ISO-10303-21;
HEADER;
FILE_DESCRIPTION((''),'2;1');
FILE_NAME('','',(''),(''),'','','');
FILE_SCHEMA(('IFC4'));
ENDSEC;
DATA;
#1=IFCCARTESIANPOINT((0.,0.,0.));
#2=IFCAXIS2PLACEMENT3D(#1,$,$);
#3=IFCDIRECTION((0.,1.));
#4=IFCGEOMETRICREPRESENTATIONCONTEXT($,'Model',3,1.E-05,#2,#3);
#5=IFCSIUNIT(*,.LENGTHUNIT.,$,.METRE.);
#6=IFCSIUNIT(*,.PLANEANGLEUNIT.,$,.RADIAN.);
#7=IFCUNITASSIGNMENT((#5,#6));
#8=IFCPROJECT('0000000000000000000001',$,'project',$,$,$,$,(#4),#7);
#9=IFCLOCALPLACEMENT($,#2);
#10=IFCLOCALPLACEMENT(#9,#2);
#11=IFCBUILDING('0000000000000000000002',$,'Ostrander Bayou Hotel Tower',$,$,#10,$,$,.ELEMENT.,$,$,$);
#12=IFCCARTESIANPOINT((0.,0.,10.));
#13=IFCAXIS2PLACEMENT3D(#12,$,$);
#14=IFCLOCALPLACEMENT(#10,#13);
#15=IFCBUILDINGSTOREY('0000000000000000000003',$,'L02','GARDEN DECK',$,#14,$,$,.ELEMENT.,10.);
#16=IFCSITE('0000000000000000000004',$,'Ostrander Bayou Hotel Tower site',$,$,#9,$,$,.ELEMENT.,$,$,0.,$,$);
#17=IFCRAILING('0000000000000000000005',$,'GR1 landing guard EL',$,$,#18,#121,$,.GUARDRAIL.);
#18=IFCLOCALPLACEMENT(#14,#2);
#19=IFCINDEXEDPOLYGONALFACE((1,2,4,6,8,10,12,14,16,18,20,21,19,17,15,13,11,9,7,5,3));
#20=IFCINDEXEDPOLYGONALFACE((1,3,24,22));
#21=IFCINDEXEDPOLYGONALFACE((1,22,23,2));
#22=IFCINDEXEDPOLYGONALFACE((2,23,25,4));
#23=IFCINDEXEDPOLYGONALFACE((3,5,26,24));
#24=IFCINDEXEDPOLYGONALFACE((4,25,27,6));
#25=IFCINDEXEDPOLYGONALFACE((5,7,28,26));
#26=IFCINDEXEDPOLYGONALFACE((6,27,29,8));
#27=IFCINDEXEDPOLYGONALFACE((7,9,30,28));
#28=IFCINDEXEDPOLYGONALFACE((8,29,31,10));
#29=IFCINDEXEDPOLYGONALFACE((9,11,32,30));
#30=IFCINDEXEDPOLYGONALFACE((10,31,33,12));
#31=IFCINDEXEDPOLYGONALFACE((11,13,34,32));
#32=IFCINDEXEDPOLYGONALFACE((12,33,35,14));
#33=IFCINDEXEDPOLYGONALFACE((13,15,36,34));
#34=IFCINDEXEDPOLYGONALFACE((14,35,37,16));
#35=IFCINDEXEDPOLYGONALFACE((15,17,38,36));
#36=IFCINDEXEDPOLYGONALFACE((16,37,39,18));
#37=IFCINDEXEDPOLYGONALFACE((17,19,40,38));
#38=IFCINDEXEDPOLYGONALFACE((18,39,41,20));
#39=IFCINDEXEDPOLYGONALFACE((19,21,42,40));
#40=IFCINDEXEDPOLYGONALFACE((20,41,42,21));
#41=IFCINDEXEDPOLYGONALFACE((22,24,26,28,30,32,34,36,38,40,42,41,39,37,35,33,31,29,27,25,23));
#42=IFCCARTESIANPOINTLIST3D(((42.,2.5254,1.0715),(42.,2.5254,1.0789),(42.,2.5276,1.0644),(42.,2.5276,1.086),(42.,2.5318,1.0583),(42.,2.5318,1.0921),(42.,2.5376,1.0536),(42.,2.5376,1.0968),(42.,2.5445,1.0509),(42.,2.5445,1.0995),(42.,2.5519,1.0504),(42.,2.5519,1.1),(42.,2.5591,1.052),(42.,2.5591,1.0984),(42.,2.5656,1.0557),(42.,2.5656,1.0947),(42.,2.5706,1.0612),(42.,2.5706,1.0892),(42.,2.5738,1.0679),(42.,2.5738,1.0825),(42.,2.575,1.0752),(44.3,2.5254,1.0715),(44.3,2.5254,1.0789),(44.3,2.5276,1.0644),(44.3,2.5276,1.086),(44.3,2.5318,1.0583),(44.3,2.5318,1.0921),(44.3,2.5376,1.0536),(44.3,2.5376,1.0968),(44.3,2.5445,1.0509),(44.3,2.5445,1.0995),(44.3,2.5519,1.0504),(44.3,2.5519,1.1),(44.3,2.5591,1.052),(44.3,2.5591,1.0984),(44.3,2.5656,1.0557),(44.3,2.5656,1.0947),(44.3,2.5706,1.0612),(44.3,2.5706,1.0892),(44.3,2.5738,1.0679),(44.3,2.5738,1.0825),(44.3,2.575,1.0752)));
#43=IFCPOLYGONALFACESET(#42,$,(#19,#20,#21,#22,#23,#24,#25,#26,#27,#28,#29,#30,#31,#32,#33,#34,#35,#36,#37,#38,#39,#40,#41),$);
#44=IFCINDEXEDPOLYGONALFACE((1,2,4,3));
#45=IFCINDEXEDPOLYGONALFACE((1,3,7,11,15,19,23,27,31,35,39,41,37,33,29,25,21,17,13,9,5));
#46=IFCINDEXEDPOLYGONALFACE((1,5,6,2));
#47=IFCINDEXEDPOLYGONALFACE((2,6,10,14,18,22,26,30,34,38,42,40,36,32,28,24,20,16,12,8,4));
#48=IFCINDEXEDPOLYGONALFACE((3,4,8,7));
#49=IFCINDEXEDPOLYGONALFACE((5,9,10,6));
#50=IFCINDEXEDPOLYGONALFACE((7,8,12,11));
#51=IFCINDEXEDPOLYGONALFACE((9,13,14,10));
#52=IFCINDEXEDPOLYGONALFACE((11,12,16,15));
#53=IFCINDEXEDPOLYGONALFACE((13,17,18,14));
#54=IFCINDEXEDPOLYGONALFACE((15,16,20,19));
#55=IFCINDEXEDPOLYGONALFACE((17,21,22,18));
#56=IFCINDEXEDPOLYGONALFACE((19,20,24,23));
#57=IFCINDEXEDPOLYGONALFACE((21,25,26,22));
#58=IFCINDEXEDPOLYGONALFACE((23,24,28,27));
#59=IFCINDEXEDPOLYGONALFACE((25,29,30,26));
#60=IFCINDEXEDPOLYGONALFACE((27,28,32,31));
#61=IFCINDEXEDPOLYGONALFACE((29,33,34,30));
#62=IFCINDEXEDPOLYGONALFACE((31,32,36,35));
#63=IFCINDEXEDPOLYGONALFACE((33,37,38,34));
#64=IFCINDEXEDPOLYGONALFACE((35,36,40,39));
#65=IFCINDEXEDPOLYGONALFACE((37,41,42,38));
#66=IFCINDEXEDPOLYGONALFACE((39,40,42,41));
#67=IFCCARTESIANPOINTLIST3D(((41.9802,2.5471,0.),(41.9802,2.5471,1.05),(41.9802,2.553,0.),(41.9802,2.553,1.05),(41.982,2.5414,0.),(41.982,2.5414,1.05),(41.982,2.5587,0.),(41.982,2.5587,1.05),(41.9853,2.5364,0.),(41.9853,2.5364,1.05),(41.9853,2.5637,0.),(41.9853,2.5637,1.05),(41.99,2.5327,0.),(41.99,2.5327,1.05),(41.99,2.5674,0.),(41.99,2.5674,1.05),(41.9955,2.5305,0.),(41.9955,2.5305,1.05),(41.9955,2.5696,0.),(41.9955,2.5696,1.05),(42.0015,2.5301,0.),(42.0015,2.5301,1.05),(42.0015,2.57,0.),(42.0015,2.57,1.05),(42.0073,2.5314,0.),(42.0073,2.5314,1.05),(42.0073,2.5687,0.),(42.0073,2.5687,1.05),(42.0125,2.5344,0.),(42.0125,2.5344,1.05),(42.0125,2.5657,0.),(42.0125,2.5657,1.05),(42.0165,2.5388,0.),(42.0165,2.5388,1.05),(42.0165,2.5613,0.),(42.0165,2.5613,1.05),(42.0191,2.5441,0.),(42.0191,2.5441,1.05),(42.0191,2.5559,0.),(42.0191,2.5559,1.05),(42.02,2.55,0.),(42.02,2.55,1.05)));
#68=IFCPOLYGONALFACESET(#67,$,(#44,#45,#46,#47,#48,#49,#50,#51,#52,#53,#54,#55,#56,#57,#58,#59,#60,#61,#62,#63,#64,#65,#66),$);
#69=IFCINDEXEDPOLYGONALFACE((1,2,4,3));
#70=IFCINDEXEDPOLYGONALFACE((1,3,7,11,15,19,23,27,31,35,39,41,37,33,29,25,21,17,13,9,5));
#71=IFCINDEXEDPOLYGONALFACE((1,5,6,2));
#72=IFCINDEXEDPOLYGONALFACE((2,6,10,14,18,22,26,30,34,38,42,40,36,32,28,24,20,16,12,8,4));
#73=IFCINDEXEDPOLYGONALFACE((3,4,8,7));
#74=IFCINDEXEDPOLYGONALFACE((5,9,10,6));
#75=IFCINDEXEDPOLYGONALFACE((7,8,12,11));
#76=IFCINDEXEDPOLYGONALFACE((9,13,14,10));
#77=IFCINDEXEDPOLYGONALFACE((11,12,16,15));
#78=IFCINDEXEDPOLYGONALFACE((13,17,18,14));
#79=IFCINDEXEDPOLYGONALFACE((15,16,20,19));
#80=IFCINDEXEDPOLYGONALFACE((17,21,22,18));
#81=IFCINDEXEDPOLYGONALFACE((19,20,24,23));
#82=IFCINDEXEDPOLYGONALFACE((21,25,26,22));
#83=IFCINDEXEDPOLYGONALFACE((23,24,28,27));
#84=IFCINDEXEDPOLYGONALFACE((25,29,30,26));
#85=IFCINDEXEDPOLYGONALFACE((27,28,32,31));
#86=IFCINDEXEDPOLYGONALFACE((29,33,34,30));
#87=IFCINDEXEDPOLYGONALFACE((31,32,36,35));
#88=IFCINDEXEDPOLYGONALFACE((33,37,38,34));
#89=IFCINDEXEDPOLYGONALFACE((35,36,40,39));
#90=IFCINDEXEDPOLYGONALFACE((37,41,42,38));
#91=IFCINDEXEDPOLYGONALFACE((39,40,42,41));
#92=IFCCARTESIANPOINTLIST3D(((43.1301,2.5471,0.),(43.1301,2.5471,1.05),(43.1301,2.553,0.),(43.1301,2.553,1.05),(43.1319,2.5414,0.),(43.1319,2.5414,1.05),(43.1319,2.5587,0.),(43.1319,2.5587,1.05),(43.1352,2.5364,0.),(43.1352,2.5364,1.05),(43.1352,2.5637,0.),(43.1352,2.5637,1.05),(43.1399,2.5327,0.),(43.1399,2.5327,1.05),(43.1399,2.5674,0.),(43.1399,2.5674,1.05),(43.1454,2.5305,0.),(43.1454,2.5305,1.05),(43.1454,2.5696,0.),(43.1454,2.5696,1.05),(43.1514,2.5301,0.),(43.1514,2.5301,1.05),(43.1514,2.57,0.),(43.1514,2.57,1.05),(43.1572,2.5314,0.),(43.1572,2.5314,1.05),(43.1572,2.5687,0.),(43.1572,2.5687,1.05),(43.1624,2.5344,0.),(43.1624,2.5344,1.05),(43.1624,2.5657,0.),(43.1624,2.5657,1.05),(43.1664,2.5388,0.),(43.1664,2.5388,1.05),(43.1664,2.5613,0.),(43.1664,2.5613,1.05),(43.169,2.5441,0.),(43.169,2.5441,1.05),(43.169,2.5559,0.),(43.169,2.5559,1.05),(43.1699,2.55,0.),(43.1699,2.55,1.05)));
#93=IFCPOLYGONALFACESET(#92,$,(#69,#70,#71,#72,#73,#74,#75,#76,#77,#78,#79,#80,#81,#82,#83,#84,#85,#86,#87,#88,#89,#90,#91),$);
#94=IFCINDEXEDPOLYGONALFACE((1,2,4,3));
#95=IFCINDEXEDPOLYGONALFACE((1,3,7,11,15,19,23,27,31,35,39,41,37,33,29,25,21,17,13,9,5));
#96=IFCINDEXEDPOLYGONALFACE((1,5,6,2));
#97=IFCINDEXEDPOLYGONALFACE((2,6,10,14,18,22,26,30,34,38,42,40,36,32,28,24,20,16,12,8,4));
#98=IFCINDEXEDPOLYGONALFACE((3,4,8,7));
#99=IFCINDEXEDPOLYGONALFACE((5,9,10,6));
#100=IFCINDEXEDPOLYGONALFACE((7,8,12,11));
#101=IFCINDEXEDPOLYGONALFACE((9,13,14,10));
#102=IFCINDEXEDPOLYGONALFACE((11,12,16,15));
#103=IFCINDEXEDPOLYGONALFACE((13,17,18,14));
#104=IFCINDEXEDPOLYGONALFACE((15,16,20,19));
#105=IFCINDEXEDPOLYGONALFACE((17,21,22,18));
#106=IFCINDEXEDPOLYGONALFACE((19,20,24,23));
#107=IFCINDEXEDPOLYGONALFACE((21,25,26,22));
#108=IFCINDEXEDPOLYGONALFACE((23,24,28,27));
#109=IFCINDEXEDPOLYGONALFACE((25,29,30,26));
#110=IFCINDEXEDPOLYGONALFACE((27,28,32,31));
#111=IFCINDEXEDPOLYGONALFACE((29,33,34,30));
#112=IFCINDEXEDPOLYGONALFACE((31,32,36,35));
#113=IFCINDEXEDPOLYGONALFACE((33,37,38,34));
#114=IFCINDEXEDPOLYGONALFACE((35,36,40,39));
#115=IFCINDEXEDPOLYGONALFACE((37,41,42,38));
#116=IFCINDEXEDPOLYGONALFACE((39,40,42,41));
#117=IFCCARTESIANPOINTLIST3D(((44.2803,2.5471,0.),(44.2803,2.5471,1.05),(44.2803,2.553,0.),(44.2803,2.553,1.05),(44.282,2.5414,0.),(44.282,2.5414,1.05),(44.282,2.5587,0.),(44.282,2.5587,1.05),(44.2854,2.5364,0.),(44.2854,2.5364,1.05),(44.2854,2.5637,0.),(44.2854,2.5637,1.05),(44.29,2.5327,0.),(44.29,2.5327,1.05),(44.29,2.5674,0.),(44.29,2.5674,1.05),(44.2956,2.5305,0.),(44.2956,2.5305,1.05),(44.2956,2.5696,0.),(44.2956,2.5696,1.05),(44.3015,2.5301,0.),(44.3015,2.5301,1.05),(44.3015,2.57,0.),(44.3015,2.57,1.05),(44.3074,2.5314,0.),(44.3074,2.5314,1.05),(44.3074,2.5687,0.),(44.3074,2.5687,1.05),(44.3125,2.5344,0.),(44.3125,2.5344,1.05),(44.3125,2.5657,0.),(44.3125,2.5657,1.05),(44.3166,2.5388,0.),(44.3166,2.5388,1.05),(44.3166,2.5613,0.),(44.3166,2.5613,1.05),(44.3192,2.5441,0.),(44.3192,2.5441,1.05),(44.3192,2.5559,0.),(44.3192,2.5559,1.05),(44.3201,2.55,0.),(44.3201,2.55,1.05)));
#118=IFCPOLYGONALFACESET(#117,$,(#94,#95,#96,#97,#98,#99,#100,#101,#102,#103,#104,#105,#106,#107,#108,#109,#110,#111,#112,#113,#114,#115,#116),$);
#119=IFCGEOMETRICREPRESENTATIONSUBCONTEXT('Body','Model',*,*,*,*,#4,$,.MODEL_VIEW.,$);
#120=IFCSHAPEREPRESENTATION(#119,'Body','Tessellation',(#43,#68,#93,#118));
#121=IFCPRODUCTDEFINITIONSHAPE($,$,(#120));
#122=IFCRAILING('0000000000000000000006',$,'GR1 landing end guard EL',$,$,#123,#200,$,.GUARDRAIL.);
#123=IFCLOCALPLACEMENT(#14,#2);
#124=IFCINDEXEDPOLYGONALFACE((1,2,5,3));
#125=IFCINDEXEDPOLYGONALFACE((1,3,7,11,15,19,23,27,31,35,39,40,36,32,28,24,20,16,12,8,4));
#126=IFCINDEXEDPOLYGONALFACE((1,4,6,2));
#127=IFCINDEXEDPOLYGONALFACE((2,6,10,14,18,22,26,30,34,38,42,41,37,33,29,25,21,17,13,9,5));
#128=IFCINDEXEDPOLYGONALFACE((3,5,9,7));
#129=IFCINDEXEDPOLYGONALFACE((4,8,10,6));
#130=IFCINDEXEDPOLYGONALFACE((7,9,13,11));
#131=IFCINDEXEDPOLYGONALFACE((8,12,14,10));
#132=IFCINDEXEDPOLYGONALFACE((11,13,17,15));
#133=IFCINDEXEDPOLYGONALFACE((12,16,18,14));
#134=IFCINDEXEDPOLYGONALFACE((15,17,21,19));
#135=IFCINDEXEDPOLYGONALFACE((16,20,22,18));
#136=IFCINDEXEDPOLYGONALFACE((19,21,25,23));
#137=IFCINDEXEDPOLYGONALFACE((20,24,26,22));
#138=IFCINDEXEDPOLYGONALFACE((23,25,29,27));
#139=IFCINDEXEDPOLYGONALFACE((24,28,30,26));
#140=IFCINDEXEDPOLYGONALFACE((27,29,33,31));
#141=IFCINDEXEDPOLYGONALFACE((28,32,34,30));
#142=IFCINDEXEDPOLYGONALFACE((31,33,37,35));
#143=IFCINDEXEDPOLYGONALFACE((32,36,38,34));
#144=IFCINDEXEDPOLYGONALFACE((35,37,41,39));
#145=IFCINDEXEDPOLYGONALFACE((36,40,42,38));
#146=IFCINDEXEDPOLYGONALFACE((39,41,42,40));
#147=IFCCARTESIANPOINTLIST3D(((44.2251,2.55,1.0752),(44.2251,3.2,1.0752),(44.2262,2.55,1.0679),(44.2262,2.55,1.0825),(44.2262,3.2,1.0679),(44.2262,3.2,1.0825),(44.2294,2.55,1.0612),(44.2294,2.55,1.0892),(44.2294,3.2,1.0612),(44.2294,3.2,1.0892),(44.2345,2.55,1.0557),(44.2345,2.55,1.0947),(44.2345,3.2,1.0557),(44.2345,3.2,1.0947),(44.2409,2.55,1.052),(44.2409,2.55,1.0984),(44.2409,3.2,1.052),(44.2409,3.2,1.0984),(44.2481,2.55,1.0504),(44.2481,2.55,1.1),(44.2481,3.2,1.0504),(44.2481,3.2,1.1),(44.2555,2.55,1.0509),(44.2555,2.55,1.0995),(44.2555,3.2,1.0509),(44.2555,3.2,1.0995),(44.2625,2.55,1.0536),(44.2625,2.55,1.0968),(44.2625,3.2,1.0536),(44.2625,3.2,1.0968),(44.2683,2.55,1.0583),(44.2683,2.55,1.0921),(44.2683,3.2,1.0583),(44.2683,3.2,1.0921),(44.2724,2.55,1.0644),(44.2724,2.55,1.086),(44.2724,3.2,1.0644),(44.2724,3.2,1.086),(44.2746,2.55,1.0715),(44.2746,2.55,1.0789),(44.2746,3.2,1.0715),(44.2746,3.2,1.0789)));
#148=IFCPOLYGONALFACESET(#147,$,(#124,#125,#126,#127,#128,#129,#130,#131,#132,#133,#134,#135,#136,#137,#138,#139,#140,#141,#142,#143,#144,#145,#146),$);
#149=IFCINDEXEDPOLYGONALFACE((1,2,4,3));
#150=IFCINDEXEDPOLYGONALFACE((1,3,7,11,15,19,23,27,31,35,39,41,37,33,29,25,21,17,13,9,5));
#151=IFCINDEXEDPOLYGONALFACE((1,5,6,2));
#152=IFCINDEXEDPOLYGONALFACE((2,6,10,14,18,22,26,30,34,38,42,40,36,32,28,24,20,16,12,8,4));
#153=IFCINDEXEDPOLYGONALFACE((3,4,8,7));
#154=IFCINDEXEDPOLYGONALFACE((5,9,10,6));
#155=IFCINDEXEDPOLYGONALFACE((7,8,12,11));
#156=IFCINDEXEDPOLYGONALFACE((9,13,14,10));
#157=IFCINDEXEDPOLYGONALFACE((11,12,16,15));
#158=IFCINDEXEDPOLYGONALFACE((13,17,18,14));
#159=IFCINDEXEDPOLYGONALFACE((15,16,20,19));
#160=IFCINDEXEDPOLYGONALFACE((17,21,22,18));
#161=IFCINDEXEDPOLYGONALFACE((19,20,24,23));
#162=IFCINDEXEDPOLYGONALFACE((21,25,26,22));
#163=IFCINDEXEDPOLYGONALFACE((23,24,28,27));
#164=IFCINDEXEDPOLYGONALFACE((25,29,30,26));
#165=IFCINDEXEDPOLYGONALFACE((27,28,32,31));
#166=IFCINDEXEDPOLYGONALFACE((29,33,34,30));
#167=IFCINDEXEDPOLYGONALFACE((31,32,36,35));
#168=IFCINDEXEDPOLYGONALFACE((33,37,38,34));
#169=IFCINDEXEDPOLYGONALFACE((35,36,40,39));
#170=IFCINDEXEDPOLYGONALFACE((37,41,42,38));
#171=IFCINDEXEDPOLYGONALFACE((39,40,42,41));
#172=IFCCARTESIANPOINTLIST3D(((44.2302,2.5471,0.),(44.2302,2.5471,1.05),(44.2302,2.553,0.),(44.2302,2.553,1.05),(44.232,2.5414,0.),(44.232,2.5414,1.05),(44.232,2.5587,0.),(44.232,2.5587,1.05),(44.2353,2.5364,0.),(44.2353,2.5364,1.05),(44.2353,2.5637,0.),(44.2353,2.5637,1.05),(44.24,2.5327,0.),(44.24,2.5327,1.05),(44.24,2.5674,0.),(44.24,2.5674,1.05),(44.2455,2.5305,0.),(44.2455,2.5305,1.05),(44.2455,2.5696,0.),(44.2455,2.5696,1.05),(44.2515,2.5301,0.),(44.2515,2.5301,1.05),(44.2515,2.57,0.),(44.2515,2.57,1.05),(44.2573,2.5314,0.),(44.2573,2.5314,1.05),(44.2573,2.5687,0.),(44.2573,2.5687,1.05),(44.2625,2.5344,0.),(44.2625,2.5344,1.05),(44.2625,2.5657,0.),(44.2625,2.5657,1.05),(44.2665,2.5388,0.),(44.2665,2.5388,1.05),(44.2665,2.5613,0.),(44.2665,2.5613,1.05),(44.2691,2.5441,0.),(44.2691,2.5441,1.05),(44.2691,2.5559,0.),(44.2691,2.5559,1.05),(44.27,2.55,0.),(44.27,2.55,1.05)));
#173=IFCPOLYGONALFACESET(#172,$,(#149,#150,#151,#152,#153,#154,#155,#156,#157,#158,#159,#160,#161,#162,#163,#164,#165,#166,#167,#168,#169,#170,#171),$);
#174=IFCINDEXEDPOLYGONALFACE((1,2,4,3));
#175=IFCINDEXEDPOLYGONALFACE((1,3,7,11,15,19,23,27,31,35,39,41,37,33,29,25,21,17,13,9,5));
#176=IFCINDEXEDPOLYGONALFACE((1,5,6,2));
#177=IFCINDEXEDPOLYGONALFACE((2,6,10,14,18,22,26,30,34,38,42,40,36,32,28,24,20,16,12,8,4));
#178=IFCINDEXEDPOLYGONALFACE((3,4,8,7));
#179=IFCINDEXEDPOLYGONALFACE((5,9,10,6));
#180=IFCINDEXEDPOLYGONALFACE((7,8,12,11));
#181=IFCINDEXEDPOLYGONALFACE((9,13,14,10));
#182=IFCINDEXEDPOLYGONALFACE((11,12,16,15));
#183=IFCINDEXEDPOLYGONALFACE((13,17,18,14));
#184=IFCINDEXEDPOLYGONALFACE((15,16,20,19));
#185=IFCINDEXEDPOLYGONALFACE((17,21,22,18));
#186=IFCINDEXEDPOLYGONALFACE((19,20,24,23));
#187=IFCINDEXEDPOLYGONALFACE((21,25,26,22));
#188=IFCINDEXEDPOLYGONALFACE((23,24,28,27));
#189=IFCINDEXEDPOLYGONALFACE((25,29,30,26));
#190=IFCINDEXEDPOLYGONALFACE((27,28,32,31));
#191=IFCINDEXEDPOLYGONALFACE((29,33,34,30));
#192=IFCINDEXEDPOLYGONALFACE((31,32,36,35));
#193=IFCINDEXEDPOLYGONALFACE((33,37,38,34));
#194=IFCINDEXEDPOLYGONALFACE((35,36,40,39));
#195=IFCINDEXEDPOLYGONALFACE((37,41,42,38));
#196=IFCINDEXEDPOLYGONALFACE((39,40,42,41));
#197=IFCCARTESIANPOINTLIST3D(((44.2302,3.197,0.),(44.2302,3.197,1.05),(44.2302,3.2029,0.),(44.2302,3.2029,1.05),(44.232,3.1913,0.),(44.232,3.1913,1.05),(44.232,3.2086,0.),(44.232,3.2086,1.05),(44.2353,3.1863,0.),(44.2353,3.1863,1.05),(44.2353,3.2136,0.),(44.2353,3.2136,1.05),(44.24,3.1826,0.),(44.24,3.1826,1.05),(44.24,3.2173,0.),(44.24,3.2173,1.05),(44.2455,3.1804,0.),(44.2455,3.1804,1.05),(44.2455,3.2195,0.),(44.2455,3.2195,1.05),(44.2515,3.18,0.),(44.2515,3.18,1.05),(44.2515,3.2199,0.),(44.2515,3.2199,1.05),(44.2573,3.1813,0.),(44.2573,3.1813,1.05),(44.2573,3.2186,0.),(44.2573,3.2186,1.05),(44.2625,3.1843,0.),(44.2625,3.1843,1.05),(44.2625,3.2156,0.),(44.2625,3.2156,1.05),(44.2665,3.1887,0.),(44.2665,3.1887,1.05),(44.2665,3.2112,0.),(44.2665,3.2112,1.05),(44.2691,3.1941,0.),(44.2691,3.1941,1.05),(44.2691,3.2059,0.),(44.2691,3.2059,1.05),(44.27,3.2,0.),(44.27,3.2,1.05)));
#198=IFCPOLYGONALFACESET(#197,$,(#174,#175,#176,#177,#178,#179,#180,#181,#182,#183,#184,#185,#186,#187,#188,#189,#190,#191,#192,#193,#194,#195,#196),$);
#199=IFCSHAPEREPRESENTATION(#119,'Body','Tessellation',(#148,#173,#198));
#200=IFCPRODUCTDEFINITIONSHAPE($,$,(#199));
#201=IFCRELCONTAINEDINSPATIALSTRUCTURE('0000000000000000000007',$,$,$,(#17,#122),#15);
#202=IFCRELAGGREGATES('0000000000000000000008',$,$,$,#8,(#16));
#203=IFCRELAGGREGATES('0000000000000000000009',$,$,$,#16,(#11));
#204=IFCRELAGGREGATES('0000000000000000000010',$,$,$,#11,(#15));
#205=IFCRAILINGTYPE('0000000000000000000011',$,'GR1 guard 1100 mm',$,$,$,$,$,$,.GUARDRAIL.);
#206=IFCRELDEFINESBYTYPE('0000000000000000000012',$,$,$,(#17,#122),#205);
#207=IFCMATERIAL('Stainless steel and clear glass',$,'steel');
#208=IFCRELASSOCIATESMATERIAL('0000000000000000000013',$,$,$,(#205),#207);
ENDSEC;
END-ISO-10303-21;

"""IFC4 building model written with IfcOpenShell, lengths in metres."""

from ifc_helpers import new_model, si_unit, direction, frame, origin, origin_2d, place, context, subcontext, project, spatial, circle, extrude, material, type_object, element, save


model = new_model("IFC4")

# Units and contexts
model_context = context("Model", 3, precision=1e-05, world=origin(), true_north=direction((0.0, 1.0)))
body_context = subcontext(model_context, "Body", "Model", "MODEL_VIEW")
ifc_project = project(units=[si_unit("LENGTHUNIT", "METRE"), si_unit("PLANEANGLEUNIT", "RADIAN")], contexts=[model_context])

# Site, building, storey
site_placement = place(None, origin())
site = spatial("IfcSite", under=ifc_project, at=site_placement, Name="Ostrander Bayou Hotel Tower site", CompositionType="ELEMENT", RefElevation=0.0)
building_placement = place(site_placement, origin())
building = spatial("IfcBuilding", under=site, at=building_placement, Name="Ostrander Bayou Hotel Tower", CompositionType="ELEMENT")
storey_placement = place(building_placement, frame((0.0, 0.0, 10.0)))
storey = spatial("IfcBuildingStorey", under=building, at=storey_placement, Name="L02", Description="GARDEN DECK", CompositionType="ELEMENT", Elevation=10.0)

# Railings
ifc_material_1 = material(Name="Stainless steel and clear glass", Category="steel")
railing_type = type_object("IfcRailingType", Name="GR1 guard 1100 mm", PredefinedType="GUARDRAIL", material=ifc_material_1)
railing_1_placement = place(storey_placement, frame((42.0, 2.55, 0.0)))
element("IfcRailing", 1, at=railing_1_placement, inside=storey, type_object=railing_type, Name="GR1 landing guard EL", PredefinedType="GUARDRAIL", context=body_context, shape_type="SweptSolid", body=[
    extrude(circle(Radius=0.0249, at=origin_2d()), frame((0.0, 0.0, 1.0752), z_axis=(1.0, 0.0, 0.0), x_axis=(0.0, 1.0, 0.0)), (0.0, 0.0, 1.0), 2.3),
    extrude(circle(Radius=0.02, at=origin_2d()), origin(), (0.0, 0.0, 1.0), 1.05),
    extrude(circle(Radius=0.02, at=origin_2d()), frame((1.1499, 0.0, 0.0)), (0.0, 0.0, 1.0), 1.05),
    extrude(circle(Radius=0.02, at=origin_2d()), frame((2.3, 0.0, 0.0)), (0.0, 0.0, 1.0), 1.05),
])
railing_2_placement = place(storey_placement, frame((44.25, 2.55, 0.0)))
element("IfcRailing", 2, at=railing_2_placement, inside=storey, type_object=railing_type, Name="GR1 landing end guard EL", PredefinedType="GUARDRAIL", context=body_context, shape_type="SweptSolid", body=[
    extrude(circle(Radius=0.0249, at=origin_2d()), frame((0.0, 0.0, 1.0752), z_axis=(0.0, 1.0, 0.0), x_axis=(-1.0, 0.0, 0.0)), (0.0, 0.0, 1.0), 0.6499),
    extrude(circle(Radius=0.02, at=origin_2d()), origin(), (0.0, 0.0, 1.0), 1.05),
    extrude(circle(Radius=0.02, at=origin_2d()), frame((0.0, 0.6499, 0.0)), (0.0, 0.0, 1.0), 1.05),
])

save(model, "model.ifc")
